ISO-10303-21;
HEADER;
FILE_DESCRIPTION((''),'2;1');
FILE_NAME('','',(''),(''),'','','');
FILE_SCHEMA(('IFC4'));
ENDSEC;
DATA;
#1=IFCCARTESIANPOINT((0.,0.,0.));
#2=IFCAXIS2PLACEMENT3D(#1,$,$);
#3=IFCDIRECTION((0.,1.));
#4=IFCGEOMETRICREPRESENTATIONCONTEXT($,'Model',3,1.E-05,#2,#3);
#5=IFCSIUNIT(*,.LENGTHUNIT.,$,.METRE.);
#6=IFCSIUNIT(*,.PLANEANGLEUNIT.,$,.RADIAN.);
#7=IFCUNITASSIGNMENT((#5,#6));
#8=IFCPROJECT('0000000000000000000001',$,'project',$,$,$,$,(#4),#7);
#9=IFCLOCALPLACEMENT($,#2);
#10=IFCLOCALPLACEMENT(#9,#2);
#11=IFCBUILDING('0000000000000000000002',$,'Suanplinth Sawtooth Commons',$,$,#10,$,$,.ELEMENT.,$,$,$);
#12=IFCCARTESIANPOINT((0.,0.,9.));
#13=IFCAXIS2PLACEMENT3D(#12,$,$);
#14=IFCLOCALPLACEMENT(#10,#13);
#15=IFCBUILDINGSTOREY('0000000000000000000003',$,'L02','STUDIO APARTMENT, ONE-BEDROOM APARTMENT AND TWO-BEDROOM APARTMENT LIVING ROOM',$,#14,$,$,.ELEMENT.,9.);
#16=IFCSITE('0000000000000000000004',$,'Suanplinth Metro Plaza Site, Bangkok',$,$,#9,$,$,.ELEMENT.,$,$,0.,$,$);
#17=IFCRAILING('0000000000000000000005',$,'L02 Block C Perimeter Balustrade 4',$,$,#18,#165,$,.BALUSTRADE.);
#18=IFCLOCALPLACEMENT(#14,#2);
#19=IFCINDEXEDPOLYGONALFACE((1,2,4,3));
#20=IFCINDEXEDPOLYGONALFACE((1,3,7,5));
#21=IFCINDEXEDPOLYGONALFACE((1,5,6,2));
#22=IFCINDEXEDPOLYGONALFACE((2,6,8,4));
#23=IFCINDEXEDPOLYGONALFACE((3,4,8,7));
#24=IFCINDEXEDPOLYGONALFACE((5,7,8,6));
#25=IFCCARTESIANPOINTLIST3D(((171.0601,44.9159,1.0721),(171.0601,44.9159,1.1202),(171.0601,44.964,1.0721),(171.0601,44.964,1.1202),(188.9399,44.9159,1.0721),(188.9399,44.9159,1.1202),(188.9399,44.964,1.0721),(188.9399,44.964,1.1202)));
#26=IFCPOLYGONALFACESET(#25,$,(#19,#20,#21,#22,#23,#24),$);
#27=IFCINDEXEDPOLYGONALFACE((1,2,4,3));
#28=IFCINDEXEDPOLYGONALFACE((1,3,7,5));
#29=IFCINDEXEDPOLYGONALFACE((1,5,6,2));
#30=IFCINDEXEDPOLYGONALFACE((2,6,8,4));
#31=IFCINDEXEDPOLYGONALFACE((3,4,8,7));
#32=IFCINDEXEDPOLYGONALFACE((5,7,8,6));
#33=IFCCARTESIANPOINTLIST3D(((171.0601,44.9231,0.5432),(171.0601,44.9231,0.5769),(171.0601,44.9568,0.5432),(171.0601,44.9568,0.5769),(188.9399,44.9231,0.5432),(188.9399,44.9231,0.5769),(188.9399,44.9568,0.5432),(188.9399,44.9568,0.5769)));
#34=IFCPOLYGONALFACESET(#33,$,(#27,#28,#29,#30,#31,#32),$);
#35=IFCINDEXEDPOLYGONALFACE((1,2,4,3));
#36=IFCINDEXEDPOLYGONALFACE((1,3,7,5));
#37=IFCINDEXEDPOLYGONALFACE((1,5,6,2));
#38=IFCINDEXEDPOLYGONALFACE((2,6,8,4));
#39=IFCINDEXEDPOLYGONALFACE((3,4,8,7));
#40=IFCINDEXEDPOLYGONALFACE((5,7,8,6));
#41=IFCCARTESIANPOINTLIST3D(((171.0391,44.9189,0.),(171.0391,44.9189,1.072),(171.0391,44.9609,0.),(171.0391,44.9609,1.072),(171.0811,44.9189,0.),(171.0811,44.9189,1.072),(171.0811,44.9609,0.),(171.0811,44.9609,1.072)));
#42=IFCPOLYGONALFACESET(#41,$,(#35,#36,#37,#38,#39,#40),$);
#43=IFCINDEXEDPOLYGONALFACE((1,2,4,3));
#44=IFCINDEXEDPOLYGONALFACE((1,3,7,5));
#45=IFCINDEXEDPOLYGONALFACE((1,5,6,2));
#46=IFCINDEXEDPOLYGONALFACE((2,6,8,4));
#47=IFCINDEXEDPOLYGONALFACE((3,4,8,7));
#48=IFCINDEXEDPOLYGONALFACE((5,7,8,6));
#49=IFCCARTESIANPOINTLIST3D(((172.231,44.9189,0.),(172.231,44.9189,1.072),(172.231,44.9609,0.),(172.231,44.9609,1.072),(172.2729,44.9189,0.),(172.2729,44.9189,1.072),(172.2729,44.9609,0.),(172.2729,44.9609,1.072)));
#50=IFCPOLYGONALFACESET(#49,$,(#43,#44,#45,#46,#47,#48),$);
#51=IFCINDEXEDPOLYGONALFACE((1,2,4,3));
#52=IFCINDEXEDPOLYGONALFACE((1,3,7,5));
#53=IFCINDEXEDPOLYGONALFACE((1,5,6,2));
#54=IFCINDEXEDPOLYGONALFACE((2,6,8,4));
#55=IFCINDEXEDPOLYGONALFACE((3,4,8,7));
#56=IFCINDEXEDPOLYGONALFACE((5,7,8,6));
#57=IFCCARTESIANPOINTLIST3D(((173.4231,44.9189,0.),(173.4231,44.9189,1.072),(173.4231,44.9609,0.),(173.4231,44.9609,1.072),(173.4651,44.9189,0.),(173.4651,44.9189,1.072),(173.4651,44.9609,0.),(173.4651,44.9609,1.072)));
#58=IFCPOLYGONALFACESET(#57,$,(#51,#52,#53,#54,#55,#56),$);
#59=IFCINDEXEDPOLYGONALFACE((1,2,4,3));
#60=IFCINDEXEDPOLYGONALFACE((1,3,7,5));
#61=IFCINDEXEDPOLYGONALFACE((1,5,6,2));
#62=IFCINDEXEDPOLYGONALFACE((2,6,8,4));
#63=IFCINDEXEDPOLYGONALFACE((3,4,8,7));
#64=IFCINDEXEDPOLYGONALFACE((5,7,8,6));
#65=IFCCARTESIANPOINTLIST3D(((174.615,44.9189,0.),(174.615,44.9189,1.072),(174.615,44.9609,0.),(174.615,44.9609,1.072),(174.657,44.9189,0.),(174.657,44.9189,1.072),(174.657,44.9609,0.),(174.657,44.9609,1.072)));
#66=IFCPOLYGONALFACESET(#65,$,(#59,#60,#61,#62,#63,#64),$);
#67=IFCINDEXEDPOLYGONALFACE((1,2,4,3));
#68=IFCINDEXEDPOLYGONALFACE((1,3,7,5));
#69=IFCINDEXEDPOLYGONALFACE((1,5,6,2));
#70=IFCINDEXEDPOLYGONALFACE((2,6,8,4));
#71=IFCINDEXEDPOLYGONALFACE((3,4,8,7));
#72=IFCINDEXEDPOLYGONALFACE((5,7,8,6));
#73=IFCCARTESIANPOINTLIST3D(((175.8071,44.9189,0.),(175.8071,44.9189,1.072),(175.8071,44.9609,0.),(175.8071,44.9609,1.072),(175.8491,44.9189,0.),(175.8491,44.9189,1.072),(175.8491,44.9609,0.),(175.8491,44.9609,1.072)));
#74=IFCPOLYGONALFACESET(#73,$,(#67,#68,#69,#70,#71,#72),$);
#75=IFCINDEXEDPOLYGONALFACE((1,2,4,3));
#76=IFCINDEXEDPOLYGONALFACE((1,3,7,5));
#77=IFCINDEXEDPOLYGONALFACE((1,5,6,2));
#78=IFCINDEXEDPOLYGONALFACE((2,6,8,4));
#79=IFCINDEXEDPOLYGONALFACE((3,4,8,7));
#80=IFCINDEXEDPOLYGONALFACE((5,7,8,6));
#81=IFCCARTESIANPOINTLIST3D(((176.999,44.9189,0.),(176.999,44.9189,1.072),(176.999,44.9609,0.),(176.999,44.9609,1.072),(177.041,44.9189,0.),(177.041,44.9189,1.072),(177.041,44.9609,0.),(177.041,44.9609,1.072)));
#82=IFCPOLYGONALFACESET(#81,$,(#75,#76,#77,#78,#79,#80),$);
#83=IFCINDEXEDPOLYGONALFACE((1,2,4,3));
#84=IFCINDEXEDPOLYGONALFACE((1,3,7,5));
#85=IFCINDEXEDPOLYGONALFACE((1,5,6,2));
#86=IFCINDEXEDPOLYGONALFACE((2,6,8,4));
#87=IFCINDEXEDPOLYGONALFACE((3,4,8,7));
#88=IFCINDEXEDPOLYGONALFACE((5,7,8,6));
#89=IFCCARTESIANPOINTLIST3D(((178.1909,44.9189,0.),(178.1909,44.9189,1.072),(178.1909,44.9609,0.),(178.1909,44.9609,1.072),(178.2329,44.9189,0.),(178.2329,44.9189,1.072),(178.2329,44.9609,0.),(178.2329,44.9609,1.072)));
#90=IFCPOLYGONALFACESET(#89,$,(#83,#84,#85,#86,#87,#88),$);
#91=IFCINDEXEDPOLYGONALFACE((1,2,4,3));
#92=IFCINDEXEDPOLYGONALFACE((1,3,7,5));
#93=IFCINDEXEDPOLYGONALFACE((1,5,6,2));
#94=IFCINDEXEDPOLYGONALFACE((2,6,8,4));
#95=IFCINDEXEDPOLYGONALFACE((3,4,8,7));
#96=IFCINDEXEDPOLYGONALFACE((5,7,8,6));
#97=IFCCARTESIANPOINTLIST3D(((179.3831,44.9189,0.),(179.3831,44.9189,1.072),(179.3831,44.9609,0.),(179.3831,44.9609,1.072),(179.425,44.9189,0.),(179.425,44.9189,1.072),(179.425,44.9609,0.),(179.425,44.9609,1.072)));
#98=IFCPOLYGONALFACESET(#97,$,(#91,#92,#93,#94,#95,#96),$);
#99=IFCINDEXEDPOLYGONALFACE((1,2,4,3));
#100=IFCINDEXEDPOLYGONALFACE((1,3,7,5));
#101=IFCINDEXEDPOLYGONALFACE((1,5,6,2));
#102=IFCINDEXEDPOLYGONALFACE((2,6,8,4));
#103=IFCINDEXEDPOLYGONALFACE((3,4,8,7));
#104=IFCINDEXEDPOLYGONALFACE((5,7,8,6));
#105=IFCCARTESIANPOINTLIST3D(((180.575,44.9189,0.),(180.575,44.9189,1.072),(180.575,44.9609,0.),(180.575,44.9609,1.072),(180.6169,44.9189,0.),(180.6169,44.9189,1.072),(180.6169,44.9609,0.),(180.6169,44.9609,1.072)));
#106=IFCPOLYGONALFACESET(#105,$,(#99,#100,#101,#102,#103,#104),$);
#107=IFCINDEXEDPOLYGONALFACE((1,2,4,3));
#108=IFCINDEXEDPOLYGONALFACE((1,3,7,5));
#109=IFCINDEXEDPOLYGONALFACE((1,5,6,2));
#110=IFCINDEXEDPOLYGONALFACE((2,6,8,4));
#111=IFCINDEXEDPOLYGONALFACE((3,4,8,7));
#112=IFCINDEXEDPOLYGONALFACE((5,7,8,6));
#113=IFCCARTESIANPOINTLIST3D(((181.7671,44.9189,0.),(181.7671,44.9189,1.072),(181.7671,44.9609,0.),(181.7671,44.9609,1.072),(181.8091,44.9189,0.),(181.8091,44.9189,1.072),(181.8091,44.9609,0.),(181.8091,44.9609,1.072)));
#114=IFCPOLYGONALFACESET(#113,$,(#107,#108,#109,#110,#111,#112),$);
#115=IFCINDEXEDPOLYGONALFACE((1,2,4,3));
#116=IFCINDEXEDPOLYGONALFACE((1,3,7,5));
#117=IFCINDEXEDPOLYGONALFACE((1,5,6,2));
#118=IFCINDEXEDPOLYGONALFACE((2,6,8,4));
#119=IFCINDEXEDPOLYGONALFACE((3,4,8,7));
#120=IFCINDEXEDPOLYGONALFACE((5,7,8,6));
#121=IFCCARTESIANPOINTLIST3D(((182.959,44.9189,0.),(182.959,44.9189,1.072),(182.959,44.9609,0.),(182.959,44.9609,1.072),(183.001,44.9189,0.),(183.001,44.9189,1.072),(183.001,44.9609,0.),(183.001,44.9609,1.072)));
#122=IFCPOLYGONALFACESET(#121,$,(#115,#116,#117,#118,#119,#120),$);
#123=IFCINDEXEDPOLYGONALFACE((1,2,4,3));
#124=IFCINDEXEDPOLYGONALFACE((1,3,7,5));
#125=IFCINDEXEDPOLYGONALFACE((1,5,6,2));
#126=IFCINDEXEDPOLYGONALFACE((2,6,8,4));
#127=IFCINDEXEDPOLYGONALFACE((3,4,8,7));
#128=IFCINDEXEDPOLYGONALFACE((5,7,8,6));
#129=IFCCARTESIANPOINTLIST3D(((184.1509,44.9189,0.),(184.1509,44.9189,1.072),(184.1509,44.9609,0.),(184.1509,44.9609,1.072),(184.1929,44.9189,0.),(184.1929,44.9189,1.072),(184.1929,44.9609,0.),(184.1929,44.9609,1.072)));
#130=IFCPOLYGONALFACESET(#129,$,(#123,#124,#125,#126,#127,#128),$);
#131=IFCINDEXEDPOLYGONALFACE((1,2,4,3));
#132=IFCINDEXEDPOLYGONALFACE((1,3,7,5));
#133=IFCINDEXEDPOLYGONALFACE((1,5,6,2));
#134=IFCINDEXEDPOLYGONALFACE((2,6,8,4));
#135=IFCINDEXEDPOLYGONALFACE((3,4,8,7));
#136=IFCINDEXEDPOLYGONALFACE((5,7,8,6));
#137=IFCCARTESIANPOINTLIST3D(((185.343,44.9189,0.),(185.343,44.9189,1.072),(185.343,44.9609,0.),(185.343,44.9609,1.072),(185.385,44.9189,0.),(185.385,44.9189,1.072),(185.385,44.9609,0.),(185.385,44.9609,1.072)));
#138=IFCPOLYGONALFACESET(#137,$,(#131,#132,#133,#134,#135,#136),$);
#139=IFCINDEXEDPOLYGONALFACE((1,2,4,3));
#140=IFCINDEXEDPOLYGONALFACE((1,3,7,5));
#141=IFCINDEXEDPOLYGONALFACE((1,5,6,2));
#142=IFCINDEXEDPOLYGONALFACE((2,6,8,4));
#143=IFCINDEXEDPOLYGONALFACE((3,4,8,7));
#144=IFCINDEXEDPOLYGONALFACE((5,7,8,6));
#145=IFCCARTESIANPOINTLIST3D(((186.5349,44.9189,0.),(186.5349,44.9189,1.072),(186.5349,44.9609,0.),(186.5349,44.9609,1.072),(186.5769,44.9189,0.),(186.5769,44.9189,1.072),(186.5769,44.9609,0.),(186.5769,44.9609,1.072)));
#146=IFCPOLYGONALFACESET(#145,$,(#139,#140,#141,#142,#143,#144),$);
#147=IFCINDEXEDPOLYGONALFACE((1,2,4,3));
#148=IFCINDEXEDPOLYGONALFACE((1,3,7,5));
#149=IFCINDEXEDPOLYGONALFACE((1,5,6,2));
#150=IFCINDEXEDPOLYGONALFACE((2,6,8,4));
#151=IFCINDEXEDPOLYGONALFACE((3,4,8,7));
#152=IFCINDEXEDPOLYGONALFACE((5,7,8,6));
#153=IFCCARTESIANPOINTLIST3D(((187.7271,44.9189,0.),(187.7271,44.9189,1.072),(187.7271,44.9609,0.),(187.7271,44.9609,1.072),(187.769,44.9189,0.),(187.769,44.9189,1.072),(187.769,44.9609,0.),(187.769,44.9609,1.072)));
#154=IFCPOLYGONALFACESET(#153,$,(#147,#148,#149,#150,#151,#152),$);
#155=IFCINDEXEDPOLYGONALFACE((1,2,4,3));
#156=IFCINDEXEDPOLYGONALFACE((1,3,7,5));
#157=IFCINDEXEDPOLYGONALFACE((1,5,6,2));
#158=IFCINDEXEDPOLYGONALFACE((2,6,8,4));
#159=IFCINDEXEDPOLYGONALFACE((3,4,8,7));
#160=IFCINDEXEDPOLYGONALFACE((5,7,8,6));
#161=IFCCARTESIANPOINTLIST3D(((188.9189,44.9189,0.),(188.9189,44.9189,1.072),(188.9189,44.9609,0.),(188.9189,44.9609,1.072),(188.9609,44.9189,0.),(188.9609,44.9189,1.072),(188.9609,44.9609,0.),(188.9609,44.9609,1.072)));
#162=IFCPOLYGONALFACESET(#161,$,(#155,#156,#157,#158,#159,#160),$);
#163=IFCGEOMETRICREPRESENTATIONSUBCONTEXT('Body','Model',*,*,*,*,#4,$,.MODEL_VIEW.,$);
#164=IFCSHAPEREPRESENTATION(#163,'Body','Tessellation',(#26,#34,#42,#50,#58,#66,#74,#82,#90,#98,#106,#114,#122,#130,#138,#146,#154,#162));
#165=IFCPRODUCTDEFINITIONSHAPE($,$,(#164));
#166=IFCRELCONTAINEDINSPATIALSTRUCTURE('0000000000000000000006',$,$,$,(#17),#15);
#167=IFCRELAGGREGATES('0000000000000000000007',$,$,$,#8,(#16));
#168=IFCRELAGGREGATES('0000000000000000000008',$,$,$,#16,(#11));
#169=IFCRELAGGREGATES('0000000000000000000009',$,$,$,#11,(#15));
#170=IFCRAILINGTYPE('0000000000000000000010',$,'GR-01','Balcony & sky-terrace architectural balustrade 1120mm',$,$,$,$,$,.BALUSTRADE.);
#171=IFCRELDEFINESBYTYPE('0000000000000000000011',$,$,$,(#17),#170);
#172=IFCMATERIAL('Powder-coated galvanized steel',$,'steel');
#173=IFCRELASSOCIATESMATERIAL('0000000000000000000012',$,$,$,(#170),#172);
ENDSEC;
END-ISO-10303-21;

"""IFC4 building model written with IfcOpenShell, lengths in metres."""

from ifc_helpers import new_model, si_unit, direction, frame, origin, origin_2d, place, context, subcontext, project, spatial, rectangle, extrude, material, type_object, element, save


model = new_model("IFC4")

# Units and contexts
model_context = context("Model", 3, precision=1e-05, world=origin(), true_north=direction((0.0, 1.0)))
body_context = subcontext(model_context, "Body", "Model", "MODEL_VIEW")
ifc_project = project(units=[si_unit("LENGTHUNIT", "METRE"), si_unit("PLANEANGLEUNIT", "RADIAN")], contexts=[model_context])

# Site, building, storey
site_placement = place(None, origin())
site = spatial("IfcSite", under=ifc_project, at=site_placement, Name="Suanplinth Metro Plaza Site, Bangkok", CompositionType="ELEMENT", RefElevation=0.0)
building_placement = place(site_placement, origin())
building = spatial("IfcBuilding", under=site, at=building_placement, Name="Suanplinth Sawtooth Commons", CompositionType="ELEMENT")
storey_placement = place(building_placement, frame((0.0, 0.0, 9.0)))
storey = spatial("IfcBuildingStorey", under=building, at=storey_placement, Name="L02", Description="STUDIO APARTMENT, ONE-BEDROOM APARTMENT AND TWO-BEDROOM APARTMENT LIVING ROOM", CompositionType="ELEMENT", Elevation=9.0)

# Railing
ifc_material_1 = material(Name="Powder-coated galvanized steel", Category="steel")
railing_type = type_object("IfcRailingType", Name="GR-01", Description="Balcony & sky-terrace architectural balustrade 1120mm", PredefinedType="BALUSTRADE", material=ifc_material_1)
railing_1_placement = place(storey_placement, frame((171.0601, 44.9399, 0.0)))
element("IfcRailing", 1, at=railing_1_placement, inside=storey, type_object=railing_type, Name="L02 Block C Perimeter Balustrade 4", PredefinedType="BALUSTRADE", context=body_context, shape_type="SweptSolid", body=[
    extrude(rectangle(XDim=0.0481, YDim=0.0481, at=origin_2d()), frame((0.0, 0.0, 1.0962), z_axis=(1.0, 0.0, 0.0), x_axis=(0.0, 1.0, 0.0)), (0.0, 0.0, 1.0), 17.8799),
    extrude(rectangle(XDim=0.0337, YDim=0.0337, at=origin_2d()), frame((0.0, 0.0, 0.5601), z_axis=(1.0, 0.0, 0.0), x_axis=(0.0, 1.0, 0.0)), (0.0, 0.0, 1.0), 17.8799),
    extrude(rectangle(XDim=0.042, YDim=0.042, at=origin_2d()), origin(), (0.0, 0.0, 1.0), 1.072),
    extrude(rectangle(XDim=0.042, YDim=0.042, at=origin_2d()), frame((1.1919, 0.0, 0.0)), (0.0, 0.0, 1.0), 1.072),
    extrude(rectangle(XDim=0.042, YDim=0.042, at=origin_2d()), frame((2.384, 0.0, 0.0)), (0.0, 0.0, 1.0), 1.072),
    extrude(rectangle(XDim=0.042, YDim=0.042, at=origin_2d()), frame((3.5759, 0.0, 0.0)), (0.0, 0.0, 1.0), 1.072),
    extrude(rectangle(XDim=0.042, YDim=0.042, at=origin_2d()), frame((4.7681, 0.0, 0.0)), (0.0, 0.0, 1.0), 1.072),
    extrude(rectangle(XDim=0.042, YDim=0.042, at=origin_2d()), frame((5.96, 0.0, 0.0)), (0.0, 0.0, 1.0), 1.072),
    extrude(rectangle(XDim=0.042, YDim=0.042, at=origin_2d()), frame((7.1519, 0.0, 0.0)), (0.0, 0.0, 1.0), 1.072),
    extrude(rectangle(XDim=0.042, YDim=0.042, at=origin_2d()), frame((8.344, 0.0, 0.0)), (0.0, 0.0, 1.0), 1.072),
    extrude(rectangle(XDim=0.042, YDim=0.042, at=origin_2d()), frame((9.5359, 0.0, 0.0)), (0.0, 0.0, 1.0), 1.072),
    extrude(rectangle(XDim=0.042, YDim=0.042, at=origin_2d()), frame((10.728, 0.0, 0.0)), (0.0, 0.0, 1.0), 1.072),
    extrude(rectangle(XDim=0.042, YDim=0.042, at=origin_2d()), frame((11.9199, 0.0, 0.0)), (0.0, 0.0, 1.0), 1.072),
    extrude(rectangle(XDim=0.042, YDim=0.042, at=origin_2d()), frame((13.1118, 0.0, 0.0)), (0.0, 0.0, 1.0), 1.072),
    extrude(rectangle(XDim=0.042, YDim=0.042, at=origin_2d()), frame((14.304, 0.0, 0.0)), (0.0, 0.0, 1.0), 1.072),
    extrude(rectangle(XDim=0.042, YDim=0.042, at=origin_2d()), frame((15.4958, 0.0, 0.0)), (0.0, 0.0, 1.0), 1.072),
    extrude(rectangle(XDim=0.042, YDim=0.042, at=origin_2d()), frame((16.688, 0.0, 0.0)), (0.0, 0.0, 1.0), 1.072),
    extrude(rectangle(XDim=0.042, YDim=0.042, at=origin_2d()), frame((17.8799, 0.0, 0.0)), (0.0, 0.0, 1.0), 1.072),
])

save(model, "model.ifc")
